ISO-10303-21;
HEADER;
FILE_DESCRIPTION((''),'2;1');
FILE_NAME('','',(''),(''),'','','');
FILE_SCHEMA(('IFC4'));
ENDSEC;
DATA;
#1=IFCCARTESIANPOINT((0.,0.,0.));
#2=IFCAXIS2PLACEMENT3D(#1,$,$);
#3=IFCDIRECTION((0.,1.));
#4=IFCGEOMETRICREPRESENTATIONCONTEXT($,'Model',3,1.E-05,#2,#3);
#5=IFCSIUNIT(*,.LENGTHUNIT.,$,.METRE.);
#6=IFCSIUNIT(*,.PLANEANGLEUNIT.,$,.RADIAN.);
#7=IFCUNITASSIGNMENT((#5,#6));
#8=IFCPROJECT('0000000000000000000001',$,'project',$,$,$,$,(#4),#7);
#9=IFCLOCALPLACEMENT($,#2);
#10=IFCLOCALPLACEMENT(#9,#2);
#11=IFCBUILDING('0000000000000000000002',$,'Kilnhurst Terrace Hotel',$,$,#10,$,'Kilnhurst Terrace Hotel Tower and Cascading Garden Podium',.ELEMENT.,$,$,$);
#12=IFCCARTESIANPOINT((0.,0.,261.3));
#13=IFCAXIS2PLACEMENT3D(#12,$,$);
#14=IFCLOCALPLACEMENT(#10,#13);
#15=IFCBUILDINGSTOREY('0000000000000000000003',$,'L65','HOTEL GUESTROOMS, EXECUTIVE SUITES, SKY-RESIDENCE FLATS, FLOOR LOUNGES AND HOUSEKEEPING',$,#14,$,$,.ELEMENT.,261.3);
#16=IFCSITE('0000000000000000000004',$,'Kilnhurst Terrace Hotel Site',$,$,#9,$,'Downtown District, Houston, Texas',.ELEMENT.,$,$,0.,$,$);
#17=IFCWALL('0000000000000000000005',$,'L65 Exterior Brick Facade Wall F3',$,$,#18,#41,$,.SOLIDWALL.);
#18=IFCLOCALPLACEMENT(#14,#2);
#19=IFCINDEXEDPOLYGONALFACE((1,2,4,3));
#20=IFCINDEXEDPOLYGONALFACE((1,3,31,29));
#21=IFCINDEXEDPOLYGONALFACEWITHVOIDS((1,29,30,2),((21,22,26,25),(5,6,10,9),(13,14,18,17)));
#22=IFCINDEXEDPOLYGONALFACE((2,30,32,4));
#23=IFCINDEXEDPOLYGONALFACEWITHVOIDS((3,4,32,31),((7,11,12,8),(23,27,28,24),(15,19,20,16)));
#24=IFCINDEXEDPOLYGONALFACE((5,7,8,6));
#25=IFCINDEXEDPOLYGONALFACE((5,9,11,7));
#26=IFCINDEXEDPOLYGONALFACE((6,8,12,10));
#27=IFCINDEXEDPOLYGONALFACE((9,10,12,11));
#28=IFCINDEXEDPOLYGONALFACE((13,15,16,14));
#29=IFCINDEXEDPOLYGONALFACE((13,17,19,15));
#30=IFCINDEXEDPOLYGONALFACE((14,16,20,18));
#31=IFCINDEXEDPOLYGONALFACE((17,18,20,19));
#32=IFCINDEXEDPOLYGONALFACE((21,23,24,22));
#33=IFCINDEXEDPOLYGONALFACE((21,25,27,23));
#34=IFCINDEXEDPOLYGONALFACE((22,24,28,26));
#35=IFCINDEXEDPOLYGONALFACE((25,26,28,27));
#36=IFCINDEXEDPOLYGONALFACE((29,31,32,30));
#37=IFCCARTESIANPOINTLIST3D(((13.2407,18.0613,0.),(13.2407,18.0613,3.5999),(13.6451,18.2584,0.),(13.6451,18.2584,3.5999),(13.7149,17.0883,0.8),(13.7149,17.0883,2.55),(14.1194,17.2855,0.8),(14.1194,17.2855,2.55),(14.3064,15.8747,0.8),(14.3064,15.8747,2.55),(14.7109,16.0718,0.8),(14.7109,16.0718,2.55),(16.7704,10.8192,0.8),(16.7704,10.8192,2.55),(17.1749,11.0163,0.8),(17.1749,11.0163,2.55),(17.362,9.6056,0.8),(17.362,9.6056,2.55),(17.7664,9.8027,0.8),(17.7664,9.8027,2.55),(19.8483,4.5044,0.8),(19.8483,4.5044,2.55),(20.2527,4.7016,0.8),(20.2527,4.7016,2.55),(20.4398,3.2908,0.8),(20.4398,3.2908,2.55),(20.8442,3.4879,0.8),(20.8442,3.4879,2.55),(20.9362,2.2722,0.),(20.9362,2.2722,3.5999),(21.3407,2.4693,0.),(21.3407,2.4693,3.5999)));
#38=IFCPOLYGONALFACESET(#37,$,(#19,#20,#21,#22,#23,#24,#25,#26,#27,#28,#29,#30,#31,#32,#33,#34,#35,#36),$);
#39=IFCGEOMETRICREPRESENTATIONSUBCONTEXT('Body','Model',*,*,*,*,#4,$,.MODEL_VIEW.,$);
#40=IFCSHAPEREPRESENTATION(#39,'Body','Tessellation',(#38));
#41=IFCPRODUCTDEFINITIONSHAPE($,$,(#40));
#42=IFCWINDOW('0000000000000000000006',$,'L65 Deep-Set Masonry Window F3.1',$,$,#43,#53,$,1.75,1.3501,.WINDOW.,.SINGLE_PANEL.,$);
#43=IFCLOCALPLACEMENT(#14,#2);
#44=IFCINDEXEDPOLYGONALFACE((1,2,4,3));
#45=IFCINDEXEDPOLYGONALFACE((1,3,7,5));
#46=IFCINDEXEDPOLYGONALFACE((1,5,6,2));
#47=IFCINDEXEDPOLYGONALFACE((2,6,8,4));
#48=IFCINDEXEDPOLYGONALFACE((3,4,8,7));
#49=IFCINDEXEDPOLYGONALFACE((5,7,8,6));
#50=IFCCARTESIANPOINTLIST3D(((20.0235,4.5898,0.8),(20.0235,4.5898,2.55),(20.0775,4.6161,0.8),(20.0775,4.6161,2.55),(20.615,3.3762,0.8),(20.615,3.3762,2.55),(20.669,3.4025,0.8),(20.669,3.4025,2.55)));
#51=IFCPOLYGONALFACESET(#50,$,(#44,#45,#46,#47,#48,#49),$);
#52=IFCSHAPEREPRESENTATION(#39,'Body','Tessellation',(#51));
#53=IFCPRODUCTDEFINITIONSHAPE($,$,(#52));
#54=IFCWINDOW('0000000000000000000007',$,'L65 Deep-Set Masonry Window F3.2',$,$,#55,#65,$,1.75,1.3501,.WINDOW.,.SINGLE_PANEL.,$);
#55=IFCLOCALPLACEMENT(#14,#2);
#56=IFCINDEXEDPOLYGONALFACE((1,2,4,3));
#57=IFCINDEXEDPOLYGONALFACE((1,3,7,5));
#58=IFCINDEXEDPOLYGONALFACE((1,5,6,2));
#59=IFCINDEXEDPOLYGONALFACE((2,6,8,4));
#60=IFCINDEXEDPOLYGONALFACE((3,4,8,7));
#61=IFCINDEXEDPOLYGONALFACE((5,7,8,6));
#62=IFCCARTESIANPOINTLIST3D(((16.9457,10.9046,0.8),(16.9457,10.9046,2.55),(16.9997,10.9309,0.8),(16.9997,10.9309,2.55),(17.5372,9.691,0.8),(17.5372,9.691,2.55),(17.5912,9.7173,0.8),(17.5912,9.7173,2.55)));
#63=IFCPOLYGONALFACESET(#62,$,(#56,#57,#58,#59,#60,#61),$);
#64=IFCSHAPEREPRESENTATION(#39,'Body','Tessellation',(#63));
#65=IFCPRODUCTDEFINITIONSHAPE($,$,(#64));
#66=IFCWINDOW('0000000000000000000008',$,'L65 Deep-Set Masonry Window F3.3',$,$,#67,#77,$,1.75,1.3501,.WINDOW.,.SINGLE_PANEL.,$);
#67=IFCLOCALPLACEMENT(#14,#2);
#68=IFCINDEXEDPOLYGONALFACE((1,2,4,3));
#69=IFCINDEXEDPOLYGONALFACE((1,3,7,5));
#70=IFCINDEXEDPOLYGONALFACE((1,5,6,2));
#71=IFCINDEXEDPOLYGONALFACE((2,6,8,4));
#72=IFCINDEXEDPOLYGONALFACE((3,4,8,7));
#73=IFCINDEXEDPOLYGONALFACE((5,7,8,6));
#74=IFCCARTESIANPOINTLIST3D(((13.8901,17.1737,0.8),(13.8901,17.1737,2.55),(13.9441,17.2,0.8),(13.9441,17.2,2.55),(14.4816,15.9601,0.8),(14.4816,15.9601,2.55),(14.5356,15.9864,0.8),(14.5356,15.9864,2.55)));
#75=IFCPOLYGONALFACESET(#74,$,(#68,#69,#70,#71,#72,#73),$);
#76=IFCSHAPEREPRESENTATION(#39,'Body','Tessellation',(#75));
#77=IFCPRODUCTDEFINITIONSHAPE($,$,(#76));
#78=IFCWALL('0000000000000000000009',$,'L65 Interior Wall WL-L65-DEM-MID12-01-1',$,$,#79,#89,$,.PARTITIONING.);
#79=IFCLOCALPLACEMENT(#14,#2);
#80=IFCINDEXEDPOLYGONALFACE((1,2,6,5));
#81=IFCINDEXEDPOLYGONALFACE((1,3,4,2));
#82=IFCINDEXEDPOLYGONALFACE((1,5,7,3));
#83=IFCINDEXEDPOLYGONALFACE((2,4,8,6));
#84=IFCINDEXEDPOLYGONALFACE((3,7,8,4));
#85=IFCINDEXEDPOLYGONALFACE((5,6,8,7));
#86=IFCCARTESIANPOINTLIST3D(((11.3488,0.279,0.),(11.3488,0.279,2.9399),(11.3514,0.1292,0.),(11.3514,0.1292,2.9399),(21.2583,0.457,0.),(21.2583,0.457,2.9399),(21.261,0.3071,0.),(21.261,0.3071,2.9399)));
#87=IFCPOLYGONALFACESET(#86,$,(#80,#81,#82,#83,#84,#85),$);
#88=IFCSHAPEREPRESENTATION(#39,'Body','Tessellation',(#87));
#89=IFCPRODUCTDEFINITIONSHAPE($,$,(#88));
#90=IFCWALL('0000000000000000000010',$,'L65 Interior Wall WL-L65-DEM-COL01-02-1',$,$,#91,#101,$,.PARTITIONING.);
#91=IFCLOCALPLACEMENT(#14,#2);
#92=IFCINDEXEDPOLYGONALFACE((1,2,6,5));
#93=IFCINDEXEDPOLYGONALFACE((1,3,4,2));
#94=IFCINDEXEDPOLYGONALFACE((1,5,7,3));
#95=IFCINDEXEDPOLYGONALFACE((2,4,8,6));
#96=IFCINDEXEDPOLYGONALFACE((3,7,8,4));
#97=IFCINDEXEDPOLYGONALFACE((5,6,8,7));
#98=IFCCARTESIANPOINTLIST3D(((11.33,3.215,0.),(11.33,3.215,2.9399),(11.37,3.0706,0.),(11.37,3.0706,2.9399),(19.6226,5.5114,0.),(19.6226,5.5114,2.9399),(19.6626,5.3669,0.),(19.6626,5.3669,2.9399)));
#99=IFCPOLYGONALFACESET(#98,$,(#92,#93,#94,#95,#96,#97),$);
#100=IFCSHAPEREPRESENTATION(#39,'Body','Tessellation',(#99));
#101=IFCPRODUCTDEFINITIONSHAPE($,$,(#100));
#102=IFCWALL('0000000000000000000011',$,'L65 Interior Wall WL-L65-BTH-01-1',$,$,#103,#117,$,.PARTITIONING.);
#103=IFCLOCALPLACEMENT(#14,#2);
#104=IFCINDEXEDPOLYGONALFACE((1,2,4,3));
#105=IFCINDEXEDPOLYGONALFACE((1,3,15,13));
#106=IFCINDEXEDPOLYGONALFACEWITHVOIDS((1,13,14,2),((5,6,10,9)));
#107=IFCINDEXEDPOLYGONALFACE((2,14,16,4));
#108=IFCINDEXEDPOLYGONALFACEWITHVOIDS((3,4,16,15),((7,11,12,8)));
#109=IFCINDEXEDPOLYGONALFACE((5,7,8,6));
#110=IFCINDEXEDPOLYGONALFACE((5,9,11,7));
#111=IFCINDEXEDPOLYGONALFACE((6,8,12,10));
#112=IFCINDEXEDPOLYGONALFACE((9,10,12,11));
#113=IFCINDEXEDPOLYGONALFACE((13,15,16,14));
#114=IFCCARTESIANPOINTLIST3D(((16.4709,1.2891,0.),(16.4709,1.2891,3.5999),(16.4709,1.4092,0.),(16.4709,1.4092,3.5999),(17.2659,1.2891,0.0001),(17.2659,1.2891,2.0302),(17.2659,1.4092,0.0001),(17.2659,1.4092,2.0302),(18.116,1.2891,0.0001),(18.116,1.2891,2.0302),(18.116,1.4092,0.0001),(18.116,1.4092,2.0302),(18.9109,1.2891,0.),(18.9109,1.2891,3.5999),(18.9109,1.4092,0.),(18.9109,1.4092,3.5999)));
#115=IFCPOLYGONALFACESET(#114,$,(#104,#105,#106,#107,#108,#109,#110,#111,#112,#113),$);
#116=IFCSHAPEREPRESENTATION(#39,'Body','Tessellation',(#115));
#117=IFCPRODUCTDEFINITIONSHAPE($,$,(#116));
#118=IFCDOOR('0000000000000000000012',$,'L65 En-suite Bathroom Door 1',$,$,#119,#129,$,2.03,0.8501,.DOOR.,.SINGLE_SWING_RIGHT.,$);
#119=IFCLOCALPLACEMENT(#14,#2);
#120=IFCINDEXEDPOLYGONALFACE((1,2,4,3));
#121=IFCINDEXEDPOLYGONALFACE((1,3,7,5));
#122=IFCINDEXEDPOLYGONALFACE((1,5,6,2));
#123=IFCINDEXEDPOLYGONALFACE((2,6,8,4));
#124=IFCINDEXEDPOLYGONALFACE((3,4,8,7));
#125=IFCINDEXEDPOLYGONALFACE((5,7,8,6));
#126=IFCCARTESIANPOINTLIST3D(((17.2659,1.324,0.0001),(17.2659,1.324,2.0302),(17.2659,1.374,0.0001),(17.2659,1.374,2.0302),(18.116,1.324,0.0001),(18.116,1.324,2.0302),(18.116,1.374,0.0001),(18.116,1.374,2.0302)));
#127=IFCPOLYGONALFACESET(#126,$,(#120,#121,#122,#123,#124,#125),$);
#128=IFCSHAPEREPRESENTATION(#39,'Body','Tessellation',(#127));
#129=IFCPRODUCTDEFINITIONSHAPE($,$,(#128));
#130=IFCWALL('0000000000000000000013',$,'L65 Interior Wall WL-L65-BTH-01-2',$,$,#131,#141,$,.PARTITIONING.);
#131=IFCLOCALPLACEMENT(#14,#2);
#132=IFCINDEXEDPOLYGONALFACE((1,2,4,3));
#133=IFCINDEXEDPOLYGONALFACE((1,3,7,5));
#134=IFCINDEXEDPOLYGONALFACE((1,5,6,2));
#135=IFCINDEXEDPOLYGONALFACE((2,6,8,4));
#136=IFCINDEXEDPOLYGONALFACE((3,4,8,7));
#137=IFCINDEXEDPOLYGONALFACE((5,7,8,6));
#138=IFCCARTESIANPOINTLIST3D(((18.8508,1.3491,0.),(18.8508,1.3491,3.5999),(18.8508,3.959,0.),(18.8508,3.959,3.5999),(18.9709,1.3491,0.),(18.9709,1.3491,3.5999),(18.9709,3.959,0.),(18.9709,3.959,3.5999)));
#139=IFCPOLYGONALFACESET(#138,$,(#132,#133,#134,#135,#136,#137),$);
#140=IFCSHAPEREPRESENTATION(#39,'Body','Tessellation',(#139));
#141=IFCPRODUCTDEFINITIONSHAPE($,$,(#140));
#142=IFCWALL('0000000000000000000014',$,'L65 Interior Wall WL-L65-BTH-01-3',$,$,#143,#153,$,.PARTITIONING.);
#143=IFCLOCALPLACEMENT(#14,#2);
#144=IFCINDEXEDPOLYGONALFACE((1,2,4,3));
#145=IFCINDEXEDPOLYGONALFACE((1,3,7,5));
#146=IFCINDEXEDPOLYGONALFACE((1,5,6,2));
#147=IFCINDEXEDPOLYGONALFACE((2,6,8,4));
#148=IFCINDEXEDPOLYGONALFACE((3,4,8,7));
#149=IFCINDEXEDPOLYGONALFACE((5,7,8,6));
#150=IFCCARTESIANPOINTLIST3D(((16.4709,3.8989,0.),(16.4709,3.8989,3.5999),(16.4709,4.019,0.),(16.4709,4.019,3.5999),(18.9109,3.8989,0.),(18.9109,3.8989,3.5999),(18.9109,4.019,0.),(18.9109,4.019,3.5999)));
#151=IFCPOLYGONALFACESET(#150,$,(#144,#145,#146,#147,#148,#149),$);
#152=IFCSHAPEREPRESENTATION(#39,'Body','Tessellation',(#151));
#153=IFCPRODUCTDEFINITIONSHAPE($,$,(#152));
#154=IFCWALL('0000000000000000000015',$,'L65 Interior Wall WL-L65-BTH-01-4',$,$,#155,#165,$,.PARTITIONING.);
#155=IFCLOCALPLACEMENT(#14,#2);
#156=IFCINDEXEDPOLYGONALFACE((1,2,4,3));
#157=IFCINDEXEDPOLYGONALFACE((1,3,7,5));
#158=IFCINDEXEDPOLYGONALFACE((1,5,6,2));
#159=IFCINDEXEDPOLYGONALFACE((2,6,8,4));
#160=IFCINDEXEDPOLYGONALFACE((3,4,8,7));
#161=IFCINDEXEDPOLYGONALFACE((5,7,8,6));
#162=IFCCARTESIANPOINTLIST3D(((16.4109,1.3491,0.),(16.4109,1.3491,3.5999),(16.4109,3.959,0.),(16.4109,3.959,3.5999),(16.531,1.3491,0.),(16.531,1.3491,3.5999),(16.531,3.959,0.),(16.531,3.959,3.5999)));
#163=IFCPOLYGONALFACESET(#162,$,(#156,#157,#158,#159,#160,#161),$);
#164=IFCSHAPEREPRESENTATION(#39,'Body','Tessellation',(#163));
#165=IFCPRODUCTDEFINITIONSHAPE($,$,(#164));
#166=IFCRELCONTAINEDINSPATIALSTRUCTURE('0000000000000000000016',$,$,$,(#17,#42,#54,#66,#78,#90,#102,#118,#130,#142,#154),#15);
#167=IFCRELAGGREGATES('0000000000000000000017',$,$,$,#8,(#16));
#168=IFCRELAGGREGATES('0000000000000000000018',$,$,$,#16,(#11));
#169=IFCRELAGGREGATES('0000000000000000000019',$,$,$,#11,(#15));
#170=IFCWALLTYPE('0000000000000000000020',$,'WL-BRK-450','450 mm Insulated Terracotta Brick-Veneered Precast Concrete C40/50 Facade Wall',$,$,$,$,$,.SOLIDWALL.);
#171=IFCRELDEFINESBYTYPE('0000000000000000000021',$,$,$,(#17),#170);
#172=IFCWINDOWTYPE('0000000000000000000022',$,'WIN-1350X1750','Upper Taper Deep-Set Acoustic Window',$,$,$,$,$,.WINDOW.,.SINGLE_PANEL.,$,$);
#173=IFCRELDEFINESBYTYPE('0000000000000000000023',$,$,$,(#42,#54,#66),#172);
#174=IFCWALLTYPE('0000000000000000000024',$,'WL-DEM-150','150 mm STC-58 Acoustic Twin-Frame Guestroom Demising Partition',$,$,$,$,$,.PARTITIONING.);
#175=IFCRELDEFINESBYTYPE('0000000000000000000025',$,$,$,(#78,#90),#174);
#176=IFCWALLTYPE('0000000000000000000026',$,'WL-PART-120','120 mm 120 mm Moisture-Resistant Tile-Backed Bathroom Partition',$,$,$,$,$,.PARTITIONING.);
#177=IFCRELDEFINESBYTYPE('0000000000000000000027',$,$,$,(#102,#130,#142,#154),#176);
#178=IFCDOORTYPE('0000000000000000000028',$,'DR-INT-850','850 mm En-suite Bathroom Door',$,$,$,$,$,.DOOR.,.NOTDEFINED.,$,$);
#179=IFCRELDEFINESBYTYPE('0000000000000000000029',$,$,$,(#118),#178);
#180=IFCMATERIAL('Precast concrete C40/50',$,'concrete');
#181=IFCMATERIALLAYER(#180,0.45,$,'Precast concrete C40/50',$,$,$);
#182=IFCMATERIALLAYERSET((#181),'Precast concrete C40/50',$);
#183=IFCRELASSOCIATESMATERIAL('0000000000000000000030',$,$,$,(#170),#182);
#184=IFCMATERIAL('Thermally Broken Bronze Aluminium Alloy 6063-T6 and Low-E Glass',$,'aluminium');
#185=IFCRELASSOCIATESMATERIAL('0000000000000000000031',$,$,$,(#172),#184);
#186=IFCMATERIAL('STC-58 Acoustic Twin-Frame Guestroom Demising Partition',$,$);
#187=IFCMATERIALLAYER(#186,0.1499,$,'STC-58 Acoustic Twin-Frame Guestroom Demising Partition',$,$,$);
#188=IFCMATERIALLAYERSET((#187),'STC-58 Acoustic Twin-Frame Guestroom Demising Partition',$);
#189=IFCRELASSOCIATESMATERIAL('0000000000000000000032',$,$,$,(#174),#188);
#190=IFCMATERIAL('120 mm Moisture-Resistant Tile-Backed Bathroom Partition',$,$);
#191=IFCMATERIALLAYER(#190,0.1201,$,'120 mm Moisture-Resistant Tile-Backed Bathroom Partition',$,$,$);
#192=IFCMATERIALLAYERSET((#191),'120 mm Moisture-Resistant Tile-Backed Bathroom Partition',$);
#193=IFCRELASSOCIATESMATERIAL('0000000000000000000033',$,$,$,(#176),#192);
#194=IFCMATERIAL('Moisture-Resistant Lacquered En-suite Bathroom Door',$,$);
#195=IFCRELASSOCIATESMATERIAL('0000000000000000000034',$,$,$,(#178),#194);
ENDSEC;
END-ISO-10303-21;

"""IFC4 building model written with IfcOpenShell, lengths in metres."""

from ifc_helpers import new_model, si_unit, direction, frame, frame_2d, origin, place, context, subcontext, project, spatial, rectangle, extrude, material, layer, layer_set, type_object, element, fill, save


model = new_model("IFC4")

# Units and contexts
model_context = context("Model", 3, precision=1e-05, world=origin(), true_north=direction((0.0, 1.0)))
body_context = subcontext(model_context, "Body", "Model", "MODEL_VIEW")
ifc_project = project(units=[si_unit("LENGTHUNIT", "METRE"), si_unit("PLANEANGLEUNIT", "RADIAN")], contexts=[model_context])

# Site, building, storey
site_placement = place(None, origin())
site = spatial("IfcSite", under=ifc_project, at=site_placement, Name="Kilnhurst Terrace Hotel Site", LongName="Downtown District, Houston, Texas", CompositionType="ELEMENT", RefElevation=0.0)
building_placement = place(site_placement, origin())
building = spatial("IfcBuilding", under=site, at=building_placement, Name="Kilnhurst Terrace Hotel", LongName="Kilnhurst Terrace Hotel Tower and Cascading Garden Podium", CompositionType="ELEMENT")
storey_placement = place(building_placement, frame((0.0, 0.0, 261.3)))
storey = spatial("IfcBuildingStorey", under=building, at=storey_placement, Name="L65", Description="HOTEL GUESTROOMS, EXECUTIVE SUITES, SKY-RESIDENCE FLATS, FLOOR LOUNGES AND HOUSEKEEPING", CompositionType="ELEMENT", Elevation=261.3)

# Shared definitions
ifc_material_1 = material(Name="Precast concrete C40/50", Category="concrete")
ifc_layer_1 = layer(ifc_material_1, 0.45, Name="Precast concrete C40/50")
ifc_layer_set_1 = layer_set([ifc_layer_1], Name="Precast concrete C40/50")
wall_type_1 = type_object("IfcWallType", Name="WL-BRK-450", Description="450 mm Insulated Terracotta Brick-Veneered Precast Concrete C40/50 Facade Wall", PredefinedType="SOLIDWALL", material=ifc_layer_set_1)

# Wall, openings, windows
wall_1_placement = place(storey_placement, frame((21.1384, 2.3708, 0.0), z_axis=(0.0, 0.0, 1.0), x_axis=(-0.438128, 0.898913, 0.0)))
wall_1 = element("IfcWall", 1, at=wall_1_placement, inside=storey, type_object=wall_type_1, Name="L65 Exterior Brick Facade Wall F3", PredefinedType="SOLIDWALL", context=body_context, shape_type="SweptSolid", body=[
    extrude(rectangle(XDim=17.5647, YDim=0.45, at=frame_2d((8.7822, 0.0))), origin(), (0.0, 0.0, 1.0), 3.5999),
])
opening_1_placement = place(wall_1_placement, frame((1.1331, 0.0, 0.8)))
opening_1 = element("IfcOpeningElement", 2, at=opening_1_placement, cuts=wall_1, PredefinedType="OPENING", context=body_context, shape_type="SweptSolid", body=[
    extrude(rectangle(XDim=1.3501, YDim=1.75, at=frame_2d((0.675, 0.875))), frame((0.0, 0.2349, 0.0), z_axis=(0.0, -1.0, 0.0), x_axis=(1.0, 0.0, 0.0)), (0.0, 0.0, 1.0), 0.47),
])
opening_2_placement = place(wall_1_placement, frame((8.158, 0.0, 0.8)))
opening_2 = element("IfcOpeningElement", 3, at=opening_2_placement, cuts=wall_1, PredefinedType="OPENING", context=body_context, shape_type="SweptSolid", body=[
    extrude(rectangle(XDim=1.3501, YDim=1.75, at=frame_2d((0.675, 0.875))), frame((0.0, 0.2349, 0.0), z_axis=(0.0, -1.0, 0.0), x_axis=(1.0, 0.0, 0.0)), (0.0, 0.0, 1.0), 0.47),
])
opening_3_placement = place(wall_1_placement, frame((15.1321, 0.0, 0.8)))
opening_3 = element("IfcOpeningElement", 4, at=opening_3_placement, cuts=wall_1, PredefinedType="OPENING", context=body_context, shape_type="SweptSolid", body=[
    extrude(rectangle(XDim=1.3501, YDim=1.75, at=frame_2d((0.675, 0.875))), frame((0.0, 0.2349, 0.0), z_axis=(0.0, -1.0, 0.0), x_axis=(1.0, 0.0, 0.0)), (0.0, 0.0, 1.0), 0.47),
])
ifc_material_2 = material(Name="Thermally Broken Bronze Aluminium Alloy 6063-T6 and Low-E Glass", Category="aluminium")
window_type = type_object("IfcWindowType", Name="WIN-1350X1750", Description="Upper Taper Deep-Set Acoustic Window", PartitioningType="SINGLE_PANEL", PredefinedType="WINDOW", material=ifc_material_2)
window_1_placement = place(opening_1_placement, origin())
window_1 = element("IfcWindow", 5, at=window_1_placement, inside=storey, type_object=window_type, Name="L65 Deep-Set Masonry Window F3.1", OverallHeight=1.75, OverallWidth=1.3501, PartitioningType="SINGLE_PANEL", PredefinedType="WINDOW", context=body_context, shape_type="SweptSolid", body=[
    extrude(rectangle(XDim=1.3501, YDim=1.75, at=frame_2d((0.675, 0.875))), frame((0.0, 0.03, 0.0), z_axis=(0.0, -1.0, 0.0), x_axis=(1.0, 0.0, 0.0)), (0.0, 0.0, 1.0), 0.0601),
])
fill(opening_1, window_1)
window_2_placement = place(opening_2_placement, origin())
window_2 = element("IfcWindow", 6, at=window_2_placement, inside=storey, type_object=window_type, Name="L65 Deep-Set Masonry Window F3.2", OverallHeight=1.75, OverallWidth=1.3501, PartitioningType="SINGLE_PANEL", PredefinedType="WINDOW", context=body_context, shape_type="SweptSolid", body=[
    extrude(rectangle(XDim=1.3501, YDim=1.75, at=frame_2d((0.675, 0.875))), frame((0.0, 0.03, 0.0), z_axis=(0.0, -1.0, 0.0), x_axis=(1.0, 0.0, 0.0)), (0.0, 0.0, 1.0), 0.0601),
])
fill(opening_2, window_2)
window_3_placement = place(opening_3_placement, origin())
window_3 = element("IfcWindow", 7, at=window_3_placement, inside=storey, type_object=window_type, Name="L65 Deep-Set Masonry Window F3.3", OverallHeight=1.75, OverallWidth=1.3501, PartitioningType="SINGLE_PANEL", PredefinedType="WINDOW", context=body_context, shape_type="SweptSolid", body=[
    extrude(rectangle(XDim=1.3501, YDim=1.75, at=frame_2d((0.675, 0.875))), frame((0.0, 0.03, 0.0), z_axis=(0.0, -1.0, 0.0), x_axis=(1.0, 0.0, 0.0)), (0.0, 0.0, 1.0), 0.0601),
])
fill(opening_3, window_3)

# Walls
ifc_material_3 = material(Name="STC-58 Acoustic Twin-Frame Guestroom Demising Partition")
ifc_layer_2 = layer(ifc_material_3, 0.1499, Name="STC-58 Acoustic Twin-Frame Guestroom Demising Partition")
ifc_layer_set_2 = layer_set([ifc_layer_2], Name="STC-58 Acoustic Twin-Frame Guestroom Demising Partition")
wall_type_2 = type_object("IfcWallType", Name="WL-DEM-150", Description="150 mm STC-58 Acoustic Twin-Frame Guestroom Demising Partition", PredefinedType="PARTITIONING", material=ifc_layer_set_2)
wall_2_placement = place(storey_placement, frame((11.3501, 0.2041, 0.0), z_axis=(0.0, 0.0, 1.0), x_axis=(0.999839, 0.017958, 0.0)))
element("IfcWall", 8, at=wall_2_placement, inside=storey, type_object=wall_type_2, Name="L65 Interior Wall WL-L65-DEM-MID12-01-1", PredefinedType="PARTITIONING", context=body_context, shape_type="SweptSolid", body=[
    extrude(rectangle(XDim=9.9111, YDim=0.1499, at=frame_2d((4.9556, 0.0))), origin(), (0.0, 0.0, 1.0), 2.9399),
])
wall_3_placement = place(storey_placement, frame((11.3501, 3.1428, 0.0), z_axis=(0.0, 0.0, 1.0), x_axis=(0.963732, 0.266873, 0.0)))
element("IfcWall", 9, at=wall_3_placement, inside=storey, type_object=wall_type_2, Name="L65 Interior Wall WL-L65-DEM-COL01-02-1", PredefinedType="PARTITIONING", context=body_context, shape_type="SweptSolid", body=[
    extrude(rectangle(XDim=8.6047, YDim=0.1499, at=frame_2d((4.3022, 0.0))), origin(), (0.0, 0.0, 1.0), 2.9399),
])

# Wall, opening, door
ifc_material_4 = material(Name="120 mm Moisture-Resistant Tile-Backed Bathroom Partition")
ifc_layer_3 = layer(ifc_material_4, 0.1201, Name="120 mm Moisture-Resistant Tile-Backed Bathroom Partition")
ifc_layer_set_3 = layer_set([ifc_layer_3], Name="120 mm Moisture-Resistant Tile-Backed Bathroom Partition")
wall_type_3 = type_object("IfcWallType", Name="WL-PART-120", Description="120 mm 120 mm Moisture-Resistant Tile-Backed Bathroom Partition", PredefinedType="PARTITIONING", material=ifc_layer_set_3)
wall_4_placement = place(storey_placement, frame((16.4709, 1.3491, 0.0), z_axis=(0.0, 0.0, 1.0), x_axis=(1.0, 0.0, 0.0)))
wall_4 = element("IfcWall", 10, at=wall_4_placement, inside=storey, type_object=wall_type_3, Name="L65 Interior Wall WL-L65-BTH-01-1", PredefinedType="PARTITIONING", context=body_context, shape_type="SweptSolid", body=[
    extrude(rectangle(XDim=2.4399, YDim=0.1201, at=frame_2d((1.22, 0.0))), origin(), (0.0, 0.0, 1.0), 3.5999),
])
opening_4_placement = place(wall_4_placement, frame((0.7949, 0.0, 0.0)))
opening_4 = element("IfcOpeningElement", 11, at=opening_4_placement, cuts=wall_4, PredefinedType="OPENING", context=body_context, shape_type="SweptSolid", body=[
    extrude(rectangle(XDim=0.8501, YDim=2.03, at=frame_2d((0.425, 1.0151))), frame((0.0, 0.0701, 0.0), z_axis=(0.0, -1.0, 0.0), x_axis=(1.0, 0.0, 0.0)), (0.0, 0.0, 1.0), 0.1401),
])
ifc_material_5 = material(Name="Moisture-Resistant Lacquered En-suite Bathroom Door")
door_type = type_object("IfcDoorType", Name="DR-INT-850", Description="850 mm En-suite Bathroom Door", OperationType="NOTDEFINED", PredefinedType="DOOR", material=ifc_material_5)
door_1_placement = place(opening_4_placement, origin())
door_1 = element("IfcDoor", 12, at=door_1_placement, inside=storey, type_object=door_type, Name="L65 En-suite Bathroom Door 1", OperationType="SINGLE_SWING_RIGHT", OverallHeight=2.03, OverallWidth=0.8501, PredefinedType="DOOR", context=body_context, shape_type="SweptSolid", body=[
    extrude(rectangle(XDim=0.8501, YDim=2.03, at=frame_2d((0.425, 1.0151))), frame((0.0, 0.0249, 0.0), z_axis=(0.0, -1.0, 0.0), x_axis=(1.0, 0.0, 0.0)), (0.0, 0.0, 1.0), 0.05),
])
fill(opening_4, door_1)

# Walls
wall_5_placement = place(storey_placement, frame((18.9109, 1.3491, 0.0), z_axis=(0.0, 0.0, 1.0), x_axis=(0.0, 1.0, 0.0)))
element("IfcWall", 13, at=wall_5_placement, inside=storey, type_object=wall_type_3, Name="L65 Interior Wall WL-L65-BTH-01-2", PredefinedType="PARTITIONING", context=body_context, shape_type="SweptSolid", body=[
    extrude(rectangle(XDim=2.6099, YDim=0.1201, at=frame_2d((1.3049, 0.0))), origin(), (0.0, 0.0, 1.0), 3.5999),
])
wall_6_placement = place(storey_placement, frame((18.9109, 3.959, 0.0), z_axis=(0.0, 0.0, 1.0), x_axis=(-1.0, 0.0, 0.0)))
element("IfcWall", 14, at=wall_6_placement, inside=storey, type_object=wall_type_3, Name="L65 Interior Wall WL-L65-BTH-01-3", PredefinedType="PARTITIONING", context=body_context, shape_type="SweptSolid", body=[
    extrude(rectangle(XDim=2.4399, YDim=0.1201, at=frame_2d((1.22, 0.0))), origin(), (0.0, 0.0, 1.0), 3.5999),
])
wall_7_placement = place(storey_placement, frame((16.4709, 3.959, 0.0), z_axis=(0.0, 0.0, 1.0), x_axis=(0.0, -1.0, 0.0)))
element("IfcWall", 15, at=wall_7_placement, inside=storey, type_object=wall_type_3, Name="L65 Interior Wall WL-L65-BTH-01-4", PredefinedType="PARTITIONING", context=body_context, shape_type="SweptSolid", body=[
    extrude(rectangle(XDim=2.6099, YDim=0.1201, at=frame_2d((1.3049, 0.0))), origin(), (0.0, 0.0, 1.0), 3.5999),
])

save(model, "model.ifc")
